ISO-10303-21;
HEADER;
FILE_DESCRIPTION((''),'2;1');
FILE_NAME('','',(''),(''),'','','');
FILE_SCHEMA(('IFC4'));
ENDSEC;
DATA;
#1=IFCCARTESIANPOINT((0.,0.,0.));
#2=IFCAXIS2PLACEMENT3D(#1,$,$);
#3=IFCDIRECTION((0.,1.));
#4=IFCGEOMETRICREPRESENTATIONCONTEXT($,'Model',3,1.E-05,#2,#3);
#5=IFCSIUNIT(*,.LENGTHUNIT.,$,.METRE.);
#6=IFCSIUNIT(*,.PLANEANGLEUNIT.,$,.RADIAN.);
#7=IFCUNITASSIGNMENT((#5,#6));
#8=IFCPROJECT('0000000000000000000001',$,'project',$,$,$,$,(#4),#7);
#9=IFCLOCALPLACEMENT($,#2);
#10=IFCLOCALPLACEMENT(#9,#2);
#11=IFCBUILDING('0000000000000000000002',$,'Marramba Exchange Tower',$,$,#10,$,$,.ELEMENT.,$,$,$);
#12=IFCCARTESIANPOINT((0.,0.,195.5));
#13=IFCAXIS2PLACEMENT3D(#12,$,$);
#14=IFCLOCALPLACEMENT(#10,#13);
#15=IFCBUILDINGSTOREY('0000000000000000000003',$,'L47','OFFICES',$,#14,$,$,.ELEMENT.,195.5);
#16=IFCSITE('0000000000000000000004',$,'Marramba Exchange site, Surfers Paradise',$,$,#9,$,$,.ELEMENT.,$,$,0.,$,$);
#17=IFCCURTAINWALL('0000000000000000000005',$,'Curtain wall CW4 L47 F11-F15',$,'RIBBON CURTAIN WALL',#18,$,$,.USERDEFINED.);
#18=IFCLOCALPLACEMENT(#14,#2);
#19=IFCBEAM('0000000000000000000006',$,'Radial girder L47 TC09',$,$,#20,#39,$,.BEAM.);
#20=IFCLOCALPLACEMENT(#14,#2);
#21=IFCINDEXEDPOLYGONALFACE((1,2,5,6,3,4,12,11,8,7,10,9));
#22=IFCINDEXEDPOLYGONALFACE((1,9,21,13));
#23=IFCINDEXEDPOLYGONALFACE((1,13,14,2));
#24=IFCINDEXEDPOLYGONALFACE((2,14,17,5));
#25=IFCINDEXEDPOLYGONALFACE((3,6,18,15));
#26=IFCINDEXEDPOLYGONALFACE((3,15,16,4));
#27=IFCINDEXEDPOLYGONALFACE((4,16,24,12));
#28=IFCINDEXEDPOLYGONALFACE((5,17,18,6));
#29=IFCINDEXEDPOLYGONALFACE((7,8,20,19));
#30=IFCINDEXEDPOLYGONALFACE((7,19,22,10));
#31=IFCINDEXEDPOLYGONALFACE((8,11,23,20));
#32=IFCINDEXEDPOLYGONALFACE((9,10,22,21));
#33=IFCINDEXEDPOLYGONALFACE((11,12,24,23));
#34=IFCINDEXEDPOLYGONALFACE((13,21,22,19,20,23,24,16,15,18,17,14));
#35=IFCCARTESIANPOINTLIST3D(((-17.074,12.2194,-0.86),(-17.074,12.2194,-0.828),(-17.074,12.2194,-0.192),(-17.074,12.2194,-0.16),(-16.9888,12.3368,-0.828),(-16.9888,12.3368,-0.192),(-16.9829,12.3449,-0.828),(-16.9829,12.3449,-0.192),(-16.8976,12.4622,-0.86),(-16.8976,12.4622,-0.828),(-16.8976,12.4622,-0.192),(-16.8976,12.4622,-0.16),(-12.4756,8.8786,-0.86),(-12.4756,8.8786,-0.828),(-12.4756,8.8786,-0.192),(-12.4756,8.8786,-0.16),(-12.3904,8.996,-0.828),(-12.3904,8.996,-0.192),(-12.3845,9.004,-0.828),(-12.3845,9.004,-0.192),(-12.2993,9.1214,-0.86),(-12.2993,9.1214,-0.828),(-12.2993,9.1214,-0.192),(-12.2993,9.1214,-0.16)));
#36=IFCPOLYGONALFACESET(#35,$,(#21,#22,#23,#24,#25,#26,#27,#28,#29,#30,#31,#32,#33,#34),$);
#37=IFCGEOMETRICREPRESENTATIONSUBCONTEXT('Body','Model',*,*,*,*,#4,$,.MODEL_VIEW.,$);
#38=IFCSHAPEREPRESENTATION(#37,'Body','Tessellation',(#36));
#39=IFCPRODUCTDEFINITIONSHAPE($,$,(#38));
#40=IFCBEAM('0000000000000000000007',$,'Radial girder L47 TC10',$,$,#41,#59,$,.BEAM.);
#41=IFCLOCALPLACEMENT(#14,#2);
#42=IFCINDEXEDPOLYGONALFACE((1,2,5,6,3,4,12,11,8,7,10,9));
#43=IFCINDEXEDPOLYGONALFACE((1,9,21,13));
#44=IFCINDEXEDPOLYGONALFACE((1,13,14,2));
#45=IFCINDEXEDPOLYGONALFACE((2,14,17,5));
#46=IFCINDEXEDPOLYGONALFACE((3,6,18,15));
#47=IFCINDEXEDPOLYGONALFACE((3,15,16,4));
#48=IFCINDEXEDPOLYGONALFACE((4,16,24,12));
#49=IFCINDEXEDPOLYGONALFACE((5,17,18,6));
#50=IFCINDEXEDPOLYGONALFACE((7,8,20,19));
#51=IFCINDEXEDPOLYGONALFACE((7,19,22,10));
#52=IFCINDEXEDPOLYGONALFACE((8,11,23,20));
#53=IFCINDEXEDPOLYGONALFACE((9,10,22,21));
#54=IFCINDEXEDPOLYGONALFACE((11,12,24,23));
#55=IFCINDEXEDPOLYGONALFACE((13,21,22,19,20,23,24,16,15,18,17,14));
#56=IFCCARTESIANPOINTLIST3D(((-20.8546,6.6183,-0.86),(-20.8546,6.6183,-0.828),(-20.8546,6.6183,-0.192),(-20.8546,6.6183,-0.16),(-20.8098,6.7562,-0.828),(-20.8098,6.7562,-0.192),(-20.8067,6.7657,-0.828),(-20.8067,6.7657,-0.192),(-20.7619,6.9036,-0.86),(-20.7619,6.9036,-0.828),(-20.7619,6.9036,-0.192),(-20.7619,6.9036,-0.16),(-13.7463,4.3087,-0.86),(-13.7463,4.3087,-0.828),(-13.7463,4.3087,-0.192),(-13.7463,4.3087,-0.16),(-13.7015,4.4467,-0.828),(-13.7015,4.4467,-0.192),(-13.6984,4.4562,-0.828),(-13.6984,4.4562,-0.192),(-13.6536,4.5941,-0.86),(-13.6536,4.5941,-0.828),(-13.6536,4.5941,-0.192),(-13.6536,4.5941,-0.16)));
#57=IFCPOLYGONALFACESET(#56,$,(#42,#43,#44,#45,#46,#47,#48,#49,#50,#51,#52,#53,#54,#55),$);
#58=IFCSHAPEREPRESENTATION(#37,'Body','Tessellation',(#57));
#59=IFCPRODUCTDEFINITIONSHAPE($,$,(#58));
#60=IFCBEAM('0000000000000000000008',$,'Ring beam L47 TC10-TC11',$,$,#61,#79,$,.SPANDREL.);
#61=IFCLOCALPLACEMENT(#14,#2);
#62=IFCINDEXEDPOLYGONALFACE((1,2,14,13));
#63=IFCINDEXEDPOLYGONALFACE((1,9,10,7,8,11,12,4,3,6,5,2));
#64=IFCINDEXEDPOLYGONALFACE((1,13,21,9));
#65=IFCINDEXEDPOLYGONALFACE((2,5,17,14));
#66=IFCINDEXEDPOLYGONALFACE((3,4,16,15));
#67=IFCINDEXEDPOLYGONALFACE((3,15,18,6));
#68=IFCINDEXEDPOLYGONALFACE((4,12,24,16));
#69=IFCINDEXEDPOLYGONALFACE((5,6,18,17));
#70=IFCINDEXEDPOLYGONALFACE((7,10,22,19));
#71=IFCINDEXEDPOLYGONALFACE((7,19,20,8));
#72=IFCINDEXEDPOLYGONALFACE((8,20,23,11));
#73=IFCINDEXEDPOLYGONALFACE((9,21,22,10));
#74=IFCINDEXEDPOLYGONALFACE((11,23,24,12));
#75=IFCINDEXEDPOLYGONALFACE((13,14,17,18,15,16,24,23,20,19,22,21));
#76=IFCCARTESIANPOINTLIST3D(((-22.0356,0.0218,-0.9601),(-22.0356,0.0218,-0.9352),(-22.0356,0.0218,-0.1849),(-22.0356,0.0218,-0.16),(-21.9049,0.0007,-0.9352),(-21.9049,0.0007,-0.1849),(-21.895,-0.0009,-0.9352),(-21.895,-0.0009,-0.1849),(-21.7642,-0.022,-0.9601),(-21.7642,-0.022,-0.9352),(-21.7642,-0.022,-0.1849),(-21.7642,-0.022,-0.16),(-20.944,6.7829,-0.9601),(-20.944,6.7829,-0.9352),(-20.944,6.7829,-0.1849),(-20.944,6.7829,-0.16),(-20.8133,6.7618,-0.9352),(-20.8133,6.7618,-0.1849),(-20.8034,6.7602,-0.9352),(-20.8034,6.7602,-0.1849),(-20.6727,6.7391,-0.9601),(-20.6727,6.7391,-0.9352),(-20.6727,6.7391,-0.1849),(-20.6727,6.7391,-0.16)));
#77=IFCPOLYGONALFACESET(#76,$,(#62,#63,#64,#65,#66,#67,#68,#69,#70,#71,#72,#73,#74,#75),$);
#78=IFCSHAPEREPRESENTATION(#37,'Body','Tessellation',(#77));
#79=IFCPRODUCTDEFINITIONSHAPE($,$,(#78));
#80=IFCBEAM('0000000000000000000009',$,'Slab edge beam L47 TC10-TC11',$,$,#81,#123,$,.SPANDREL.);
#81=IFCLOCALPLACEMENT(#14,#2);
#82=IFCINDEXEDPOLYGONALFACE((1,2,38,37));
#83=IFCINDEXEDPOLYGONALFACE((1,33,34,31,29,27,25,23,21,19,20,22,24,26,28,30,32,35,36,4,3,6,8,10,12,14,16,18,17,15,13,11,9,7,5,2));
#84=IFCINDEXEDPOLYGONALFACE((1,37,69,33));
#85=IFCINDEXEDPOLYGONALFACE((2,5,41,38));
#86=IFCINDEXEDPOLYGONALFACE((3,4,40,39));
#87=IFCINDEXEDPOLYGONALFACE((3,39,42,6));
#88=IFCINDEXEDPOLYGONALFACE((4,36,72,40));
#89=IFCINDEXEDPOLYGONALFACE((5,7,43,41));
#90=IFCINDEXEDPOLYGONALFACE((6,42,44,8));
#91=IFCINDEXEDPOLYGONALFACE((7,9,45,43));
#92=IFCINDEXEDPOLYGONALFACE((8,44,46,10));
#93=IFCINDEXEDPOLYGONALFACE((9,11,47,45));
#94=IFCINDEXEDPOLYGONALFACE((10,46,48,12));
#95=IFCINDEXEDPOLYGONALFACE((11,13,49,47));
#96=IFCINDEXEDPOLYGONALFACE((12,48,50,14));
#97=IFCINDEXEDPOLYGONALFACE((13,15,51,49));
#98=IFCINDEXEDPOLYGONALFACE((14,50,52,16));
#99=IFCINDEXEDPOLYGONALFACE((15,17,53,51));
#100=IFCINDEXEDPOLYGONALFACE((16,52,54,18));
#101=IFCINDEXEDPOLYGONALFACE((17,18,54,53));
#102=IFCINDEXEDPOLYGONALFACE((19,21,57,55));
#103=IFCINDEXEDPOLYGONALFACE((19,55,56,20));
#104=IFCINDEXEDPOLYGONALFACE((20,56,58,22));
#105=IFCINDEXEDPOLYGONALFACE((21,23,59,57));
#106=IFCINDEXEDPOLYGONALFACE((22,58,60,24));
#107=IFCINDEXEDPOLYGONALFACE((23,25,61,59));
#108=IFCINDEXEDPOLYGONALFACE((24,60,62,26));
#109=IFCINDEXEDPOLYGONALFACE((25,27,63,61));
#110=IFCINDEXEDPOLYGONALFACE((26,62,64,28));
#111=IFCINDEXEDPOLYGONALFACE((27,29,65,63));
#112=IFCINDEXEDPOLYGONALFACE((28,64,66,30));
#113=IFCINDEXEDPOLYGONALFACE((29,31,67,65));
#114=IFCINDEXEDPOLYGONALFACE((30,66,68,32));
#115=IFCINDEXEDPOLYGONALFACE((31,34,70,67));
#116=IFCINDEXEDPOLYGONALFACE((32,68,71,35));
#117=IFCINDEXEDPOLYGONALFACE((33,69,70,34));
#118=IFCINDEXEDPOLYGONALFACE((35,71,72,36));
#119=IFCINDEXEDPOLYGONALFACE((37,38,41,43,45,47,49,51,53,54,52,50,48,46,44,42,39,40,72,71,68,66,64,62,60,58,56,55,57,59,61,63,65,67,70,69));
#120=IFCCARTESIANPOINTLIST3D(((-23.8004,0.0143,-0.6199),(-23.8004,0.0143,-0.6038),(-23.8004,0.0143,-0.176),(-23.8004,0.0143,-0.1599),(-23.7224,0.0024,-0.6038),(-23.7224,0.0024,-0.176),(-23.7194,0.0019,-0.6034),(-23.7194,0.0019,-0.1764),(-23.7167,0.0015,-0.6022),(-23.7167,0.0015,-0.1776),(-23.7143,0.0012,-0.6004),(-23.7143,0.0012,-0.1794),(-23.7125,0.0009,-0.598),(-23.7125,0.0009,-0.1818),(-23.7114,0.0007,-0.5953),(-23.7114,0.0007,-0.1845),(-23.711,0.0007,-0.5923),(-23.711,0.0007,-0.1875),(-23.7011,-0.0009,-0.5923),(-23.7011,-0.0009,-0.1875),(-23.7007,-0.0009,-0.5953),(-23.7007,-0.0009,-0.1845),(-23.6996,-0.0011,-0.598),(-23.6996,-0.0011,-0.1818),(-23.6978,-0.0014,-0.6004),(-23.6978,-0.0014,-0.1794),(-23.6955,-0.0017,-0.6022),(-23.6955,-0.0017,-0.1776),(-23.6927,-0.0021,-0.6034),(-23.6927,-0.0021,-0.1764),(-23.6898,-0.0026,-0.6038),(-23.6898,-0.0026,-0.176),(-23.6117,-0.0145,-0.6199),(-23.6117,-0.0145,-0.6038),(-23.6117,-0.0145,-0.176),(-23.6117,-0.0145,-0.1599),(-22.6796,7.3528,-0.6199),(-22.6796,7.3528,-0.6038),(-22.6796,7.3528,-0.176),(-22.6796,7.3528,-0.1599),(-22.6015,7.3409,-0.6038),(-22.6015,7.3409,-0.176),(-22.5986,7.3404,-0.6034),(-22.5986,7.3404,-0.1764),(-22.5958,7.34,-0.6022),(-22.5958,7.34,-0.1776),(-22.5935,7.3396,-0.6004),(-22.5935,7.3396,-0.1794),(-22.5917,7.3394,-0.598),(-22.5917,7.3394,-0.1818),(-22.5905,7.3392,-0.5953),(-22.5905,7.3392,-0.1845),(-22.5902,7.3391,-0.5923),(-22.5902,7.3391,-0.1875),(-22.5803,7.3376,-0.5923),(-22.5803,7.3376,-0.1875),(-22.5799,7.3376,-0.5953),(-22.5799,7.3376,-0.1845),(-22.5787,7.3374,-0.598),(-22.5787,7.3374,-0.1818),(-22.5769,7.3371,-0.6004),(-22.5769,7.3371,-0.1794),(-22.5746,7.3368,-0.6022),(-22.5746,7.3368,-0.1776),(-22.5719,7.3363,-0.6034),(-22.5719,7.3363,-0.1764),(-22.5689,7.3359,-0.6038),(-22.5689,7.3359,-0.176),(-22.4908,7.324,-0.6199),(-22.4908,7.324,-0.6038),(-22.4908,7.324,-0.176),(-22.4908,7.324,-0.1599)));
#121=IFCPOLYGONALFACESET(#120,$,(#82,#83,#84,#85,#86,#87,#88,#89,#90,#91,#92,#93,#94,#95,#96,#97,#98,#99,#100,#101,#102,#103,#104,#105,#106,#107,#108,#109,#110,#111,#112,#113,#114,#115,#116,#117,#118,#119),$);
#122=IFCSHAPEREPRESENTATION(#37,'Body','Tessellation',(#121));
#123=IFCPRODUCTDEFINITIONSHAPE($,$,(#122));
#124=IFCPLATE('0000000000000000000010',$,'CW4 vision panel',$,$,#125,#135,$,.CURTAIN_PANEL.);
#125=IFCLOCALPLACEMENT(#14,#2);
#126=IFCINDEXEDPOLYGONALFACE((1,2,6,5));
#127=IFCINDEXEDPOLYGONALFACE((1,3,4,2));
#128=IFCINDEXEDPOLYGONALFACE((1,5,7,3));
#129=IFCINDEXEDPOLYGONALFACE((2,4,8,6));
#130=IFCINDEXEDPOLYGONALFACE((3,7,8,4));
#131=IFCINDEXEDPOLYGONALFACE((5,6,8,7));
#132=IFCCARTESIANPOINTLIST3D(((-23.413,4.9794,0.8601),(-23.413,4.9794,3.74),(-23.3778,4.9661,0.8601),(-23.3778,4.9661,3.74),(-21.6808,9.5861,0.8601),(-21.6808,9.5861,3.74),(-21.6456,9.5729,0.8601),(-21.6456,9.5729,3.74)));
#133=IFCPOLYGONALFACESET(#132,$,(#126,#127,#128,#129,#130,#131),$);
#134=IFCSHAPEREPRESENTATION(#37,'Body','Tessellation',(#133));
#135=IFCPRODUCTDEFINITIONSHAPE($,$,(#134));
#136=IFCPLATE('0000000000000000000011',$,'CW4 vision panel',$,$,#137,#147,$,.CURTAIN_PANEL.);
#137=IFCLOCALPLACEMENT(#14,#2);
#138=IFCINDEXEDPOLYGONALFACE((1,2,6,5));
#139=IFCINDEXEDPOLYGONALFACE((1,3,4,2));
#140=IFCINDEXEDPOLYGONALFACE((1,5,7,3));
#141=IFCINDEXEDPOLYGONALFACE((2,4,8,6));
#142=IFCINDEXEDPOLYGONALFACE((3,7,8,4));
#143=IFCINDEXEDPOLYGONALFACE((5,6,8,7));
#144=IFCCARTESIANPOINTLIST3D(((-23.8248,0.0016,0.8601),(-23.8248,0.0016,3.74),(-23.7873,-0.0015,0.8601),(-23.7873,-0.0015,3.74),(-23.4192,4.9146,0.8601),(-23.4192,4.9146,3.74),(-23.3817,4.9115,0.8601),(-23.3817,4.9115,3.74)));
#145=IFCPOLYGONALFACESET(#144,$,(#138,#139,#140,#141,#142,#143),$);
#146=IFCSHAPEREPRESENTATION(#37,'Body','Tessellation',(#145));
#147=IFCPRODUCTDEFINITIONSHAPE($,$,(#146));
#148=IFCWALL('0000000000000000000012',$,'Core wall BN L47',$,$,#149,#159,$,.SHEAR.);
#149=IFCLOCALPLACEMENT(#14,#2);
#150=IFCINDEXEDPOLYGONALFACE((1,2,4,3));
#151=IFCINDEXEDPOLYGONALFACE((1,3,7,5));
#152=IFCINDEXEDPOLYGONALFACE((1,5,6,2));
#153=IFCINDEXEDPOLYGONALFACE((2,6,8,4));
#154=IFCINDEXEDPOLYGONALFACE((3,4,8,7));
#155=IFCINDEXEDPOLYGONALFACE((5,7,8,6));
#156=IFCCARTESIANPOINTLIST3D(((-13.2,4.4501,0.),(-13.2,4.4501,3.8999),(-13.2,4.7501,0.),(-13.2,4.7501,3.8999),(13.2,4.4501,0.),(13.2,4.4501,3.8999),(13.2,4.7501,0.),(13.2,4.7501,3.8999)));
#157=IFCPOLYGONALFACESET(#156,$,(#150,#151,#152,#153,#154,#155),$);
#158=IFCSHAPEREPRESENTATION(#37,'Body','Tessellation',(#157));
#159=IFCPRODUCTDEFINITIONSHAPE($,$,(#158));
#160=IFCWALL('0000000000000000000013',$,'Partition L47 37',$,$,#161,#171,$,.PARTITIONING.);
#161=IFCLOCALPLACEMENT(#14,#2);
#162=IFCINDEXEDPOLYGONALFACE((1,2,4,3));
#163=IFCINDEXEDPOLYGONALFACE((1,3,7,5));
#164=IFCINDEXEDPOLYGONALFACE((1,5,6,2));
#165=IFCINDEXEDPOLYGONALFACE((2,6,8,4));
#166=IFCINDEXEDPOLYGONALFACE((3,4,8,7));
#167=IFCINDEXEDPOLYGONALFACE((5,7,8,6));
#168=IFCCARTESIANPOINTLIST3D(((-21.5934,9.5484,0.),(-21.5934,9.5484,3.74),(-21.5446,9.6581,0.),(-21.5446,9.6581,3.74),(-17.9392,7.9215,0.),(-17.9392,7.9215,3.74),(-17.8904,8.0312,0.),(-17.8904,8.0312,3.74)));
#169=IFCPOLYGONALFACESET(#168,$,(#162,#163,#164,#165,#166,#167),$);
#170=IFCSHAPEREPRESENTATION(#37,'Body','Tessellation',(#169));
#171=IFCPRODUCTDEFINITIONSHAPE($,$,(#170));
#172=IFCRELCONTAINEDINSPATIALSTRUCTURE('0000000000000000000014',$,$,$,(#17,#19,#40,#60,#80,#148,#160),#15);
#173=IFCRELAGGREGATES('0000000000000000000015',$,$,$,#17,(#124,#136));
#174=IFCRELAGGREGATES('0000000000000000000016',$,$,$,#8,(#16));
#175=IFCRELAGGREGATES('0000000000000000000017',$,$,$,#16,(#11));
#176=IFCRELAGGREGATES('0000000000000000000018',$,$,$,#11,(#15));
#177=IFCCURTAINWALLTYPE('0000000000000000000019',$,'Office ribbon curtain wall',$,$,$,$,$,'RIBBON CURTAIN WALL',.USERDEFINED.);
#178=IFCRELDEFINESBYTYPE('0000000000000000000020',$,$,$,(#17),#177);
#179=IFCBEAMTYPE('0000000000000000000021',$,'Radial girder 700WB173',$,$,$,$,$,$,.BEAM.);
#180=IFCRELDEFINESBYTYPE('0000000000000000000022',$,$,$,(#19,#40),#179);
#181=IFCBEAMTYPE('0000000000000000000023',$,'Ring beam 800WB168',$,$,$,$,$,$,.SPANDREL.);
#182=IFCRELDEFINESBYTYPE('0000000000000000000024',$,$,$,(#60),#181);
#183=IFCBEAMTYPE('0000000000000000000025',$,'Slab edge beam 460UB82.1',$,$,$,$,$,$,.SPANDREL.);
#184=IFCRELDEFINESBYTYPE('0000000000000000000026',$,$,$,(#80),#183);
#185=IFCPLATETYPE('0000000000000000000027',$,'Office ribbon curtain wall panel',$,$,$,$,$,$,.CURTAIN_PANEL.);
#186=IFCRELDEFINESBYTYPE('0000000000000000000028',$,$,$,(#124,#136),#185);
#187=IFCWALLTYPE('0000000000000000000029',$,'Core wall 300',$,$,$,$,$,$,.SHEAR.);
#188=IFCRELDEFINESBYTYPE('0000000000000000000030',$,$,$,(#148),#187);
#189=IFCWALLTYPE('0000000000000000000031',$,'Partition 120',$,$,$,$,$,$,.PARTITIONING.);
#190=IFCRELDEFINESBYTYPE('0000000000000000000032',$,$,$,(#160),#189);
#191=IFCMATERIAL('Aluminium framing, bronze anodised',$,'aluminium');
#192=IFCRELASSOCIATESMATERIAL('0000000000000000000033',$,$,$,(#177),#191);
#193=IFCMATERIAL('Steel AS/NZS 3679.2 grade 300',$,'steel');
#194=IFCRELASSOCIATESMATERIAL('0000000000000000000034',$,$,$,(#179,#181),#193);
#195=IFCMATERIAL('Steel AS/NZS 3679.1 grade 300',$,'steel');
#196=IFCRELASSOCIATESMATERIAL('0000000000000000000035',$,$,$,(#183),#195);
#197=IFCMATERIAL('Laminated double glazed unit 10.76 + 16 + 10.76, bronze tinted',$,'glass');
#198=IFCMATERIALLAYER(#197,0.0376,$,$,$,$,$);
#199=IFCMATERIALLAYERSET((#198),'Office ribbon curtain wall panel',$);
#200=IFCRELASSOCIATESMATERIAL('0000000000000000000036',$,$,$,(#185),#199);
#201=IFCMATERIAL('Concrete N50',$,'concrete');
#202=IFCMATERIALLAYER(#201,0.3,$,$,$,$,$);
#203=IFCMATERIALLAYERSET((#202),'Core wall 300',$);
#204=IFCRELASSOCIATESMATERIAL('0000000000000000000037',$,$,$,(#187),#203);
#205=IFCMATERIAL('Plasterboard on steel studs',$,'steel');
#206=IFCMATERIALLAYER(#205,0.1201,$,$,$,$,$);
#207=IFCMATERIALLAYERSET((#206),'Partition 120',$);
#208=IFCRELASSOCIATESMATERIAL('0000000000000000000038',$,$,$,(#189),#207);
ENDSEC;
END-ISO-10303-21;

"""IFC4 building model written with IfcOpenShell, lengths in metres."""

from ifc_helpers import new_model, si_unit, direction, frame, frame_2d, origin, origin_2d, place, context, subcontext, project, spatial, rectangle, i_section, extrude, material, layer, layer_set, material_profile, profile_set, type_object, element, aggregate, save


model = new_model("IFC4")

# Units and contexts
model_context = context("Model", 3, precision=1e-05, world=origin(), true_north=direction((0.0, 1.0)))
body_context = subcontext(model_context, "Body", "Model", "MODEL_VIEW")
ifc_project = project(units=[si_unit("LENGTHUNIT", "METRE"), si_unit("PLANEANGLEUNIT", "RADIAN")], contexts=[model_context])

# Site, building, storey
site_placement = place(None, origin())
site = spatial("IfcSite", under=ifc_project, at=site_placement, Name="Marramba Exchange site, Surfers Paradise", CompositionType="ELEMENT", RefElevation=0.0)
building_placement = place(site_placement, origin())
building = spatial("IfcBuilding", under=site, at=building_placement, Name="Marramba Exchange Tower", CompositionType="ELEMENT")
storey_placement = place(building_placement, frame((0.0, 0.0, 195.5)))
storey = spatial("IfcBuildingStorey", under=building, at=storey_placement, Name="L47", Description="OFFICES", CompositionType="ELEMENT", Elevation=195.5)

# Shared definitions
ifc_material_1 = material(Name="Concrete N50", Category="concrete")

# Shared definitions
ifc_material_2 = material(Name="Steel AS/NZS 3679.2 grade 300", Category="steel")
ifc_material_3 = material(Name="Steel AS/NZS 3679.1 grade 300", Category="steel")

# Curtain wall
ifc_material_4 = material(Name="Aluminium framing, bronze anodised", Category="aluminium")
curtain_wall_type = type_object("IfcCurtainWallType", Name="Office ribbon curtain wall", ElementType="RIBBON CURTAIN WALL", PredefinedType="USERDEFINED", material=ifc_material_4)
curtain_wall_placement = place(storey_placement, origin())
curtain_wall = element("IfcCurtainWall", 1, at=curtain_wall_placement, inside=storey, type_object=curtain_wall_type, Name="Curtain wall CW4 L47 F11-F15", ObjectType="RIBBON CURTAIN WALL", PredefinedType="USERDEFINED")

# Beams
ifc_material_profile_1 = material_profile(ifc_material_2, i_section(OverallWidth=0.3, OverallDepth=0.7, WebThickness=0.01, FlangeThickness=0.032, at=origin_2d()), Name="700WB173")
ifc_profile_set_1 = profile_set([ifc_material_profile_1], Name="Steel AS/NZS 3679.2 grade 300")
beam_type_1 = type_object("IfcBeamType", Name="Radial girder 700WB173", PredefinedType="BEAM", material=ifc_profile_set_1)
beam_1_placement = place(storey_placement, frame((-12.3875, 9.0, -0.51), z_axis=(-0.809026, 0.587773, 0.0), x_axis=(-0.587773, -0.809026, 0.0)))
element("IfcBeam", 2, at=beam_1_placement, inside=storey, type_object=beam_type_1, Name="Radial girder L47 TC09", PredefinedType="BEAM", context=body_context, shape_type="SweptSolid", body=[
    extrude(i_section(OverallWidth=0.3, OverallDepth=0.7, WebThickness=0.01, FlangeThickness=0.032, at=origin_2d()), origin(), (0.0, 0.0, 1.0), 5.6838),
])
beam_2_placement = place(storey_placement, frame((-13.7, 4.4514, -0.51), z_axis=(-0.95106, 0.309006, 0.0), x_axis=(-0.309006, -0.95106, 0.0)))
element("IfcBeam", 3, at=beam_2_placement, inside=storey, type_object=beam_type_1, Name="Radial girder L47 TC10", PredefinedType="BEAM", context=body_context, shape_type="SweptSolid", body=[
    extrude(i_section(OverallWidth=0.3, OverallDepth=0.7, WebThickness=0.01, FlangeThickness=0.032, at=origin_2d()), origin(), (0.0, 0.0, 1.0), 7.4741),
])
ifc_material_profile_2 = material_profile(ifc_material_2, i_section(OverallWidth=0.2749, OverallDepth=0.8, WebThickness=0.01, FlangeThickness=0.0249, at=origin_2d()), Name="800WB168")
ifc_profile_set_2 = profile_set([ifc_material_profile_2], Name="Steel AS/NZS 3679.2 grade 300")
beam_type_2 = type_object("IfcBeamType", Name="Ring beam 800WB168", PredefinedType="SPANDREL", material=ifc_profile_set_2)
beam_3_placement = place(storey_placement, frame((-20.8083, 6.761, -0.5601), z_axis=(-0.159385, -0.987217, 0.0), x_axis=(0.987217, -0.159385, 0.0)))
element("IfcBeam", 4, at=beam_3_placement, inside=storey, type_object=beam_type_2, Name="Ring beam L47 TC10-TC11", PredefinedType="SPANDREL", context=body_context, shape_type="SweptSolid", body=[
    extrude(i_section(OverallWidth=0.2749, OverallDepth=0.8, WebThickness=0.01, FlangeThickness=0.0249, at=origin_2d()), origin(), (0.0, 0.0, 1.0), 6.8486),
])
ifc_material_profile_3 = material_profile(ifc_material_3, i_section(OverallWidth=0.1909, OverallDepth=0.46, WebThickness=0.01, FlangeThickness=0.0161, FilletRadius=0.0115, at=origin_2d()), Name="460UB82.1")
ifc_profile_set_3 = profile_set([ifc_material_profile_3], Name="Steel AS/NZS 3679.1 grade 300")
beam_type_3 = type_object("IfcBeamType", Name="Slab edge beam 460UB82.1", PredefinedType="SPANDREL", material=ifc_profile_set_3)
beam_4_placement = place(storey_placement, frame((-22.5852, 7.3384, -0.3899), z_axis=(-0.150987, -0.988536, 0.0), x_axis=(0.988536, -0.150987, 0.0)))
element("IfcBeam", 5, at=beam_4_placement, inside=storey, type_object=beam_type_3, Name="Slab edge beam L47 TC10-TC11", PredefinedType="SPANDREL", context=body_context, shape_type="SweptSolid", body=[
    extrude(i_section(OverallWidth=0.1909, OverallDepth=0.46, WebThickness=0.01, FlangeThickness=0.0161, FilletRadius=0.0115, at=origin_2d()), origin(), (0.0, 0.0, 1.0), 7.4236),
])

# Plates
ifc_material_5 = material(Name="Laminated double glazed unit 10.76 + 16 + 10.76, bronze tinted", Category="glass")
ifc_layer_1 = layer(ifc_material_5, 0.0376)
ifc_layer_set_1 = layer_set([ifc_layer_1], Name="Office ribbon curtain wall panel")
plate_type = type_object("IfcPlateType", Name="Office ribbon curtain wall panel", PredefinedType="CURTAIN_PANEL", material=ifc_layer_set_1)
plate_1_placement = place(storey_placement, frame((-22.5293, 7.2761, 0.8601), z_axis=(0.0, 0.0, 1.0), x_axis=(-0.351952, -0.936018, 0.0)))
plate_1 = element("IfcPlate", 6, at=plate_1_placement, type_object=plate_type, Name="CW4 vision panel", PredefinedType="CURTAIN_PANEL", context=body_context, shape_type="SweptSolid", body=[
    extrude(rectangle(XDim=4.9216, YDim=0.0376, at=origin_2d()), origin(), (0.0, 0.0, 1.0), 2.8799),
])
plate_2_placement = place(storey_placement, frame((-23.6033, 2.4565, 0.8601), z_axis=(0.0, 0.0, 1.0), x_axis=(-0.082281, -0.996609, 0.0)))
plate_2 = element("IfcPlate", 7, at=plate_2_placement, type_object=plate_type, Name="CW4 vision panel", PredefinedType="CURTAIN_PANEL", context=body_context, shape_type="SweptSolid", body=[
    extrude(rectangle(XDim=4.9297, YDim=0.0376, at=origin_2d()), origin(), (0.0, 0.0, 1.0), 2.8799),
])
aggregate(curtain_wall, [plate_1, plate_2])

# Walls
ifc_layer_2 = layer(ifc_material_1, 0.3)
ifc_layer_set_2 = layer_set([ifc_layer_2], Name="Core wall 300")
wall_type_1 = type_object("IfcWallType", Name="Core wall 300", PredefinedType="SHEAR", material=ifc_layer_set_2)
wall_1_placement = place(storey_placement, frame((-13.2, 4.6001, 0.0), z_axis=(0.0, 0.0, 1.0), x_axis=(1.0, 0.0, 0.0)))
element("IfcWall", 8, at=wall_1_placement, inside=storey, type_object=wall_type_1, Name="Core wall BN L47", PredefinedType="SHEAR", context=body_context, shape_type="SweptSolid", body=[
    extrude(rectangle(XDim=26.3999, YDim=0.3, at=frame_2d((13.2, 0.0))), origin(), (0.0, 0.0, 1.0), 3.8999),
])
ifc_material_6 = material(Name="Plasterboard on steel studs", Category="steel")
ifc_layer_3 = layer(ifc_material_6, 0.1201)
ifc_layer_set_3 = layer_set([ifc_layer_3], Name="Partition 120")
wall_type_2 = type_object("IfcWallType", Name="Partition 120", PredefinedType="PARTITIONING", material=ifc_layer_set_3)
wall_2_placement = place(storey_placement, frame((-17.9148, 7.9763, 0.0), z_axis=(0.0, 0.0, 1.0), x_axis=(-0.91355, 0.406727, 0.0)))
element("IfcWall", 9, at=wall_2_placement, inside=storey, type_object=wall_type_2, Name="Partition L47 37", PredefinedType="PARTITIONING", context=body_context, shape_type="SweptSolid", body=[
    extrude(rectangle(XDim=4.0, YDim=0.1201, at=frame_2d((2.0, 0.0))), origin(), (0.0, 0.0, 1.0), 3.74),
])

save(model, "model.ifc")
